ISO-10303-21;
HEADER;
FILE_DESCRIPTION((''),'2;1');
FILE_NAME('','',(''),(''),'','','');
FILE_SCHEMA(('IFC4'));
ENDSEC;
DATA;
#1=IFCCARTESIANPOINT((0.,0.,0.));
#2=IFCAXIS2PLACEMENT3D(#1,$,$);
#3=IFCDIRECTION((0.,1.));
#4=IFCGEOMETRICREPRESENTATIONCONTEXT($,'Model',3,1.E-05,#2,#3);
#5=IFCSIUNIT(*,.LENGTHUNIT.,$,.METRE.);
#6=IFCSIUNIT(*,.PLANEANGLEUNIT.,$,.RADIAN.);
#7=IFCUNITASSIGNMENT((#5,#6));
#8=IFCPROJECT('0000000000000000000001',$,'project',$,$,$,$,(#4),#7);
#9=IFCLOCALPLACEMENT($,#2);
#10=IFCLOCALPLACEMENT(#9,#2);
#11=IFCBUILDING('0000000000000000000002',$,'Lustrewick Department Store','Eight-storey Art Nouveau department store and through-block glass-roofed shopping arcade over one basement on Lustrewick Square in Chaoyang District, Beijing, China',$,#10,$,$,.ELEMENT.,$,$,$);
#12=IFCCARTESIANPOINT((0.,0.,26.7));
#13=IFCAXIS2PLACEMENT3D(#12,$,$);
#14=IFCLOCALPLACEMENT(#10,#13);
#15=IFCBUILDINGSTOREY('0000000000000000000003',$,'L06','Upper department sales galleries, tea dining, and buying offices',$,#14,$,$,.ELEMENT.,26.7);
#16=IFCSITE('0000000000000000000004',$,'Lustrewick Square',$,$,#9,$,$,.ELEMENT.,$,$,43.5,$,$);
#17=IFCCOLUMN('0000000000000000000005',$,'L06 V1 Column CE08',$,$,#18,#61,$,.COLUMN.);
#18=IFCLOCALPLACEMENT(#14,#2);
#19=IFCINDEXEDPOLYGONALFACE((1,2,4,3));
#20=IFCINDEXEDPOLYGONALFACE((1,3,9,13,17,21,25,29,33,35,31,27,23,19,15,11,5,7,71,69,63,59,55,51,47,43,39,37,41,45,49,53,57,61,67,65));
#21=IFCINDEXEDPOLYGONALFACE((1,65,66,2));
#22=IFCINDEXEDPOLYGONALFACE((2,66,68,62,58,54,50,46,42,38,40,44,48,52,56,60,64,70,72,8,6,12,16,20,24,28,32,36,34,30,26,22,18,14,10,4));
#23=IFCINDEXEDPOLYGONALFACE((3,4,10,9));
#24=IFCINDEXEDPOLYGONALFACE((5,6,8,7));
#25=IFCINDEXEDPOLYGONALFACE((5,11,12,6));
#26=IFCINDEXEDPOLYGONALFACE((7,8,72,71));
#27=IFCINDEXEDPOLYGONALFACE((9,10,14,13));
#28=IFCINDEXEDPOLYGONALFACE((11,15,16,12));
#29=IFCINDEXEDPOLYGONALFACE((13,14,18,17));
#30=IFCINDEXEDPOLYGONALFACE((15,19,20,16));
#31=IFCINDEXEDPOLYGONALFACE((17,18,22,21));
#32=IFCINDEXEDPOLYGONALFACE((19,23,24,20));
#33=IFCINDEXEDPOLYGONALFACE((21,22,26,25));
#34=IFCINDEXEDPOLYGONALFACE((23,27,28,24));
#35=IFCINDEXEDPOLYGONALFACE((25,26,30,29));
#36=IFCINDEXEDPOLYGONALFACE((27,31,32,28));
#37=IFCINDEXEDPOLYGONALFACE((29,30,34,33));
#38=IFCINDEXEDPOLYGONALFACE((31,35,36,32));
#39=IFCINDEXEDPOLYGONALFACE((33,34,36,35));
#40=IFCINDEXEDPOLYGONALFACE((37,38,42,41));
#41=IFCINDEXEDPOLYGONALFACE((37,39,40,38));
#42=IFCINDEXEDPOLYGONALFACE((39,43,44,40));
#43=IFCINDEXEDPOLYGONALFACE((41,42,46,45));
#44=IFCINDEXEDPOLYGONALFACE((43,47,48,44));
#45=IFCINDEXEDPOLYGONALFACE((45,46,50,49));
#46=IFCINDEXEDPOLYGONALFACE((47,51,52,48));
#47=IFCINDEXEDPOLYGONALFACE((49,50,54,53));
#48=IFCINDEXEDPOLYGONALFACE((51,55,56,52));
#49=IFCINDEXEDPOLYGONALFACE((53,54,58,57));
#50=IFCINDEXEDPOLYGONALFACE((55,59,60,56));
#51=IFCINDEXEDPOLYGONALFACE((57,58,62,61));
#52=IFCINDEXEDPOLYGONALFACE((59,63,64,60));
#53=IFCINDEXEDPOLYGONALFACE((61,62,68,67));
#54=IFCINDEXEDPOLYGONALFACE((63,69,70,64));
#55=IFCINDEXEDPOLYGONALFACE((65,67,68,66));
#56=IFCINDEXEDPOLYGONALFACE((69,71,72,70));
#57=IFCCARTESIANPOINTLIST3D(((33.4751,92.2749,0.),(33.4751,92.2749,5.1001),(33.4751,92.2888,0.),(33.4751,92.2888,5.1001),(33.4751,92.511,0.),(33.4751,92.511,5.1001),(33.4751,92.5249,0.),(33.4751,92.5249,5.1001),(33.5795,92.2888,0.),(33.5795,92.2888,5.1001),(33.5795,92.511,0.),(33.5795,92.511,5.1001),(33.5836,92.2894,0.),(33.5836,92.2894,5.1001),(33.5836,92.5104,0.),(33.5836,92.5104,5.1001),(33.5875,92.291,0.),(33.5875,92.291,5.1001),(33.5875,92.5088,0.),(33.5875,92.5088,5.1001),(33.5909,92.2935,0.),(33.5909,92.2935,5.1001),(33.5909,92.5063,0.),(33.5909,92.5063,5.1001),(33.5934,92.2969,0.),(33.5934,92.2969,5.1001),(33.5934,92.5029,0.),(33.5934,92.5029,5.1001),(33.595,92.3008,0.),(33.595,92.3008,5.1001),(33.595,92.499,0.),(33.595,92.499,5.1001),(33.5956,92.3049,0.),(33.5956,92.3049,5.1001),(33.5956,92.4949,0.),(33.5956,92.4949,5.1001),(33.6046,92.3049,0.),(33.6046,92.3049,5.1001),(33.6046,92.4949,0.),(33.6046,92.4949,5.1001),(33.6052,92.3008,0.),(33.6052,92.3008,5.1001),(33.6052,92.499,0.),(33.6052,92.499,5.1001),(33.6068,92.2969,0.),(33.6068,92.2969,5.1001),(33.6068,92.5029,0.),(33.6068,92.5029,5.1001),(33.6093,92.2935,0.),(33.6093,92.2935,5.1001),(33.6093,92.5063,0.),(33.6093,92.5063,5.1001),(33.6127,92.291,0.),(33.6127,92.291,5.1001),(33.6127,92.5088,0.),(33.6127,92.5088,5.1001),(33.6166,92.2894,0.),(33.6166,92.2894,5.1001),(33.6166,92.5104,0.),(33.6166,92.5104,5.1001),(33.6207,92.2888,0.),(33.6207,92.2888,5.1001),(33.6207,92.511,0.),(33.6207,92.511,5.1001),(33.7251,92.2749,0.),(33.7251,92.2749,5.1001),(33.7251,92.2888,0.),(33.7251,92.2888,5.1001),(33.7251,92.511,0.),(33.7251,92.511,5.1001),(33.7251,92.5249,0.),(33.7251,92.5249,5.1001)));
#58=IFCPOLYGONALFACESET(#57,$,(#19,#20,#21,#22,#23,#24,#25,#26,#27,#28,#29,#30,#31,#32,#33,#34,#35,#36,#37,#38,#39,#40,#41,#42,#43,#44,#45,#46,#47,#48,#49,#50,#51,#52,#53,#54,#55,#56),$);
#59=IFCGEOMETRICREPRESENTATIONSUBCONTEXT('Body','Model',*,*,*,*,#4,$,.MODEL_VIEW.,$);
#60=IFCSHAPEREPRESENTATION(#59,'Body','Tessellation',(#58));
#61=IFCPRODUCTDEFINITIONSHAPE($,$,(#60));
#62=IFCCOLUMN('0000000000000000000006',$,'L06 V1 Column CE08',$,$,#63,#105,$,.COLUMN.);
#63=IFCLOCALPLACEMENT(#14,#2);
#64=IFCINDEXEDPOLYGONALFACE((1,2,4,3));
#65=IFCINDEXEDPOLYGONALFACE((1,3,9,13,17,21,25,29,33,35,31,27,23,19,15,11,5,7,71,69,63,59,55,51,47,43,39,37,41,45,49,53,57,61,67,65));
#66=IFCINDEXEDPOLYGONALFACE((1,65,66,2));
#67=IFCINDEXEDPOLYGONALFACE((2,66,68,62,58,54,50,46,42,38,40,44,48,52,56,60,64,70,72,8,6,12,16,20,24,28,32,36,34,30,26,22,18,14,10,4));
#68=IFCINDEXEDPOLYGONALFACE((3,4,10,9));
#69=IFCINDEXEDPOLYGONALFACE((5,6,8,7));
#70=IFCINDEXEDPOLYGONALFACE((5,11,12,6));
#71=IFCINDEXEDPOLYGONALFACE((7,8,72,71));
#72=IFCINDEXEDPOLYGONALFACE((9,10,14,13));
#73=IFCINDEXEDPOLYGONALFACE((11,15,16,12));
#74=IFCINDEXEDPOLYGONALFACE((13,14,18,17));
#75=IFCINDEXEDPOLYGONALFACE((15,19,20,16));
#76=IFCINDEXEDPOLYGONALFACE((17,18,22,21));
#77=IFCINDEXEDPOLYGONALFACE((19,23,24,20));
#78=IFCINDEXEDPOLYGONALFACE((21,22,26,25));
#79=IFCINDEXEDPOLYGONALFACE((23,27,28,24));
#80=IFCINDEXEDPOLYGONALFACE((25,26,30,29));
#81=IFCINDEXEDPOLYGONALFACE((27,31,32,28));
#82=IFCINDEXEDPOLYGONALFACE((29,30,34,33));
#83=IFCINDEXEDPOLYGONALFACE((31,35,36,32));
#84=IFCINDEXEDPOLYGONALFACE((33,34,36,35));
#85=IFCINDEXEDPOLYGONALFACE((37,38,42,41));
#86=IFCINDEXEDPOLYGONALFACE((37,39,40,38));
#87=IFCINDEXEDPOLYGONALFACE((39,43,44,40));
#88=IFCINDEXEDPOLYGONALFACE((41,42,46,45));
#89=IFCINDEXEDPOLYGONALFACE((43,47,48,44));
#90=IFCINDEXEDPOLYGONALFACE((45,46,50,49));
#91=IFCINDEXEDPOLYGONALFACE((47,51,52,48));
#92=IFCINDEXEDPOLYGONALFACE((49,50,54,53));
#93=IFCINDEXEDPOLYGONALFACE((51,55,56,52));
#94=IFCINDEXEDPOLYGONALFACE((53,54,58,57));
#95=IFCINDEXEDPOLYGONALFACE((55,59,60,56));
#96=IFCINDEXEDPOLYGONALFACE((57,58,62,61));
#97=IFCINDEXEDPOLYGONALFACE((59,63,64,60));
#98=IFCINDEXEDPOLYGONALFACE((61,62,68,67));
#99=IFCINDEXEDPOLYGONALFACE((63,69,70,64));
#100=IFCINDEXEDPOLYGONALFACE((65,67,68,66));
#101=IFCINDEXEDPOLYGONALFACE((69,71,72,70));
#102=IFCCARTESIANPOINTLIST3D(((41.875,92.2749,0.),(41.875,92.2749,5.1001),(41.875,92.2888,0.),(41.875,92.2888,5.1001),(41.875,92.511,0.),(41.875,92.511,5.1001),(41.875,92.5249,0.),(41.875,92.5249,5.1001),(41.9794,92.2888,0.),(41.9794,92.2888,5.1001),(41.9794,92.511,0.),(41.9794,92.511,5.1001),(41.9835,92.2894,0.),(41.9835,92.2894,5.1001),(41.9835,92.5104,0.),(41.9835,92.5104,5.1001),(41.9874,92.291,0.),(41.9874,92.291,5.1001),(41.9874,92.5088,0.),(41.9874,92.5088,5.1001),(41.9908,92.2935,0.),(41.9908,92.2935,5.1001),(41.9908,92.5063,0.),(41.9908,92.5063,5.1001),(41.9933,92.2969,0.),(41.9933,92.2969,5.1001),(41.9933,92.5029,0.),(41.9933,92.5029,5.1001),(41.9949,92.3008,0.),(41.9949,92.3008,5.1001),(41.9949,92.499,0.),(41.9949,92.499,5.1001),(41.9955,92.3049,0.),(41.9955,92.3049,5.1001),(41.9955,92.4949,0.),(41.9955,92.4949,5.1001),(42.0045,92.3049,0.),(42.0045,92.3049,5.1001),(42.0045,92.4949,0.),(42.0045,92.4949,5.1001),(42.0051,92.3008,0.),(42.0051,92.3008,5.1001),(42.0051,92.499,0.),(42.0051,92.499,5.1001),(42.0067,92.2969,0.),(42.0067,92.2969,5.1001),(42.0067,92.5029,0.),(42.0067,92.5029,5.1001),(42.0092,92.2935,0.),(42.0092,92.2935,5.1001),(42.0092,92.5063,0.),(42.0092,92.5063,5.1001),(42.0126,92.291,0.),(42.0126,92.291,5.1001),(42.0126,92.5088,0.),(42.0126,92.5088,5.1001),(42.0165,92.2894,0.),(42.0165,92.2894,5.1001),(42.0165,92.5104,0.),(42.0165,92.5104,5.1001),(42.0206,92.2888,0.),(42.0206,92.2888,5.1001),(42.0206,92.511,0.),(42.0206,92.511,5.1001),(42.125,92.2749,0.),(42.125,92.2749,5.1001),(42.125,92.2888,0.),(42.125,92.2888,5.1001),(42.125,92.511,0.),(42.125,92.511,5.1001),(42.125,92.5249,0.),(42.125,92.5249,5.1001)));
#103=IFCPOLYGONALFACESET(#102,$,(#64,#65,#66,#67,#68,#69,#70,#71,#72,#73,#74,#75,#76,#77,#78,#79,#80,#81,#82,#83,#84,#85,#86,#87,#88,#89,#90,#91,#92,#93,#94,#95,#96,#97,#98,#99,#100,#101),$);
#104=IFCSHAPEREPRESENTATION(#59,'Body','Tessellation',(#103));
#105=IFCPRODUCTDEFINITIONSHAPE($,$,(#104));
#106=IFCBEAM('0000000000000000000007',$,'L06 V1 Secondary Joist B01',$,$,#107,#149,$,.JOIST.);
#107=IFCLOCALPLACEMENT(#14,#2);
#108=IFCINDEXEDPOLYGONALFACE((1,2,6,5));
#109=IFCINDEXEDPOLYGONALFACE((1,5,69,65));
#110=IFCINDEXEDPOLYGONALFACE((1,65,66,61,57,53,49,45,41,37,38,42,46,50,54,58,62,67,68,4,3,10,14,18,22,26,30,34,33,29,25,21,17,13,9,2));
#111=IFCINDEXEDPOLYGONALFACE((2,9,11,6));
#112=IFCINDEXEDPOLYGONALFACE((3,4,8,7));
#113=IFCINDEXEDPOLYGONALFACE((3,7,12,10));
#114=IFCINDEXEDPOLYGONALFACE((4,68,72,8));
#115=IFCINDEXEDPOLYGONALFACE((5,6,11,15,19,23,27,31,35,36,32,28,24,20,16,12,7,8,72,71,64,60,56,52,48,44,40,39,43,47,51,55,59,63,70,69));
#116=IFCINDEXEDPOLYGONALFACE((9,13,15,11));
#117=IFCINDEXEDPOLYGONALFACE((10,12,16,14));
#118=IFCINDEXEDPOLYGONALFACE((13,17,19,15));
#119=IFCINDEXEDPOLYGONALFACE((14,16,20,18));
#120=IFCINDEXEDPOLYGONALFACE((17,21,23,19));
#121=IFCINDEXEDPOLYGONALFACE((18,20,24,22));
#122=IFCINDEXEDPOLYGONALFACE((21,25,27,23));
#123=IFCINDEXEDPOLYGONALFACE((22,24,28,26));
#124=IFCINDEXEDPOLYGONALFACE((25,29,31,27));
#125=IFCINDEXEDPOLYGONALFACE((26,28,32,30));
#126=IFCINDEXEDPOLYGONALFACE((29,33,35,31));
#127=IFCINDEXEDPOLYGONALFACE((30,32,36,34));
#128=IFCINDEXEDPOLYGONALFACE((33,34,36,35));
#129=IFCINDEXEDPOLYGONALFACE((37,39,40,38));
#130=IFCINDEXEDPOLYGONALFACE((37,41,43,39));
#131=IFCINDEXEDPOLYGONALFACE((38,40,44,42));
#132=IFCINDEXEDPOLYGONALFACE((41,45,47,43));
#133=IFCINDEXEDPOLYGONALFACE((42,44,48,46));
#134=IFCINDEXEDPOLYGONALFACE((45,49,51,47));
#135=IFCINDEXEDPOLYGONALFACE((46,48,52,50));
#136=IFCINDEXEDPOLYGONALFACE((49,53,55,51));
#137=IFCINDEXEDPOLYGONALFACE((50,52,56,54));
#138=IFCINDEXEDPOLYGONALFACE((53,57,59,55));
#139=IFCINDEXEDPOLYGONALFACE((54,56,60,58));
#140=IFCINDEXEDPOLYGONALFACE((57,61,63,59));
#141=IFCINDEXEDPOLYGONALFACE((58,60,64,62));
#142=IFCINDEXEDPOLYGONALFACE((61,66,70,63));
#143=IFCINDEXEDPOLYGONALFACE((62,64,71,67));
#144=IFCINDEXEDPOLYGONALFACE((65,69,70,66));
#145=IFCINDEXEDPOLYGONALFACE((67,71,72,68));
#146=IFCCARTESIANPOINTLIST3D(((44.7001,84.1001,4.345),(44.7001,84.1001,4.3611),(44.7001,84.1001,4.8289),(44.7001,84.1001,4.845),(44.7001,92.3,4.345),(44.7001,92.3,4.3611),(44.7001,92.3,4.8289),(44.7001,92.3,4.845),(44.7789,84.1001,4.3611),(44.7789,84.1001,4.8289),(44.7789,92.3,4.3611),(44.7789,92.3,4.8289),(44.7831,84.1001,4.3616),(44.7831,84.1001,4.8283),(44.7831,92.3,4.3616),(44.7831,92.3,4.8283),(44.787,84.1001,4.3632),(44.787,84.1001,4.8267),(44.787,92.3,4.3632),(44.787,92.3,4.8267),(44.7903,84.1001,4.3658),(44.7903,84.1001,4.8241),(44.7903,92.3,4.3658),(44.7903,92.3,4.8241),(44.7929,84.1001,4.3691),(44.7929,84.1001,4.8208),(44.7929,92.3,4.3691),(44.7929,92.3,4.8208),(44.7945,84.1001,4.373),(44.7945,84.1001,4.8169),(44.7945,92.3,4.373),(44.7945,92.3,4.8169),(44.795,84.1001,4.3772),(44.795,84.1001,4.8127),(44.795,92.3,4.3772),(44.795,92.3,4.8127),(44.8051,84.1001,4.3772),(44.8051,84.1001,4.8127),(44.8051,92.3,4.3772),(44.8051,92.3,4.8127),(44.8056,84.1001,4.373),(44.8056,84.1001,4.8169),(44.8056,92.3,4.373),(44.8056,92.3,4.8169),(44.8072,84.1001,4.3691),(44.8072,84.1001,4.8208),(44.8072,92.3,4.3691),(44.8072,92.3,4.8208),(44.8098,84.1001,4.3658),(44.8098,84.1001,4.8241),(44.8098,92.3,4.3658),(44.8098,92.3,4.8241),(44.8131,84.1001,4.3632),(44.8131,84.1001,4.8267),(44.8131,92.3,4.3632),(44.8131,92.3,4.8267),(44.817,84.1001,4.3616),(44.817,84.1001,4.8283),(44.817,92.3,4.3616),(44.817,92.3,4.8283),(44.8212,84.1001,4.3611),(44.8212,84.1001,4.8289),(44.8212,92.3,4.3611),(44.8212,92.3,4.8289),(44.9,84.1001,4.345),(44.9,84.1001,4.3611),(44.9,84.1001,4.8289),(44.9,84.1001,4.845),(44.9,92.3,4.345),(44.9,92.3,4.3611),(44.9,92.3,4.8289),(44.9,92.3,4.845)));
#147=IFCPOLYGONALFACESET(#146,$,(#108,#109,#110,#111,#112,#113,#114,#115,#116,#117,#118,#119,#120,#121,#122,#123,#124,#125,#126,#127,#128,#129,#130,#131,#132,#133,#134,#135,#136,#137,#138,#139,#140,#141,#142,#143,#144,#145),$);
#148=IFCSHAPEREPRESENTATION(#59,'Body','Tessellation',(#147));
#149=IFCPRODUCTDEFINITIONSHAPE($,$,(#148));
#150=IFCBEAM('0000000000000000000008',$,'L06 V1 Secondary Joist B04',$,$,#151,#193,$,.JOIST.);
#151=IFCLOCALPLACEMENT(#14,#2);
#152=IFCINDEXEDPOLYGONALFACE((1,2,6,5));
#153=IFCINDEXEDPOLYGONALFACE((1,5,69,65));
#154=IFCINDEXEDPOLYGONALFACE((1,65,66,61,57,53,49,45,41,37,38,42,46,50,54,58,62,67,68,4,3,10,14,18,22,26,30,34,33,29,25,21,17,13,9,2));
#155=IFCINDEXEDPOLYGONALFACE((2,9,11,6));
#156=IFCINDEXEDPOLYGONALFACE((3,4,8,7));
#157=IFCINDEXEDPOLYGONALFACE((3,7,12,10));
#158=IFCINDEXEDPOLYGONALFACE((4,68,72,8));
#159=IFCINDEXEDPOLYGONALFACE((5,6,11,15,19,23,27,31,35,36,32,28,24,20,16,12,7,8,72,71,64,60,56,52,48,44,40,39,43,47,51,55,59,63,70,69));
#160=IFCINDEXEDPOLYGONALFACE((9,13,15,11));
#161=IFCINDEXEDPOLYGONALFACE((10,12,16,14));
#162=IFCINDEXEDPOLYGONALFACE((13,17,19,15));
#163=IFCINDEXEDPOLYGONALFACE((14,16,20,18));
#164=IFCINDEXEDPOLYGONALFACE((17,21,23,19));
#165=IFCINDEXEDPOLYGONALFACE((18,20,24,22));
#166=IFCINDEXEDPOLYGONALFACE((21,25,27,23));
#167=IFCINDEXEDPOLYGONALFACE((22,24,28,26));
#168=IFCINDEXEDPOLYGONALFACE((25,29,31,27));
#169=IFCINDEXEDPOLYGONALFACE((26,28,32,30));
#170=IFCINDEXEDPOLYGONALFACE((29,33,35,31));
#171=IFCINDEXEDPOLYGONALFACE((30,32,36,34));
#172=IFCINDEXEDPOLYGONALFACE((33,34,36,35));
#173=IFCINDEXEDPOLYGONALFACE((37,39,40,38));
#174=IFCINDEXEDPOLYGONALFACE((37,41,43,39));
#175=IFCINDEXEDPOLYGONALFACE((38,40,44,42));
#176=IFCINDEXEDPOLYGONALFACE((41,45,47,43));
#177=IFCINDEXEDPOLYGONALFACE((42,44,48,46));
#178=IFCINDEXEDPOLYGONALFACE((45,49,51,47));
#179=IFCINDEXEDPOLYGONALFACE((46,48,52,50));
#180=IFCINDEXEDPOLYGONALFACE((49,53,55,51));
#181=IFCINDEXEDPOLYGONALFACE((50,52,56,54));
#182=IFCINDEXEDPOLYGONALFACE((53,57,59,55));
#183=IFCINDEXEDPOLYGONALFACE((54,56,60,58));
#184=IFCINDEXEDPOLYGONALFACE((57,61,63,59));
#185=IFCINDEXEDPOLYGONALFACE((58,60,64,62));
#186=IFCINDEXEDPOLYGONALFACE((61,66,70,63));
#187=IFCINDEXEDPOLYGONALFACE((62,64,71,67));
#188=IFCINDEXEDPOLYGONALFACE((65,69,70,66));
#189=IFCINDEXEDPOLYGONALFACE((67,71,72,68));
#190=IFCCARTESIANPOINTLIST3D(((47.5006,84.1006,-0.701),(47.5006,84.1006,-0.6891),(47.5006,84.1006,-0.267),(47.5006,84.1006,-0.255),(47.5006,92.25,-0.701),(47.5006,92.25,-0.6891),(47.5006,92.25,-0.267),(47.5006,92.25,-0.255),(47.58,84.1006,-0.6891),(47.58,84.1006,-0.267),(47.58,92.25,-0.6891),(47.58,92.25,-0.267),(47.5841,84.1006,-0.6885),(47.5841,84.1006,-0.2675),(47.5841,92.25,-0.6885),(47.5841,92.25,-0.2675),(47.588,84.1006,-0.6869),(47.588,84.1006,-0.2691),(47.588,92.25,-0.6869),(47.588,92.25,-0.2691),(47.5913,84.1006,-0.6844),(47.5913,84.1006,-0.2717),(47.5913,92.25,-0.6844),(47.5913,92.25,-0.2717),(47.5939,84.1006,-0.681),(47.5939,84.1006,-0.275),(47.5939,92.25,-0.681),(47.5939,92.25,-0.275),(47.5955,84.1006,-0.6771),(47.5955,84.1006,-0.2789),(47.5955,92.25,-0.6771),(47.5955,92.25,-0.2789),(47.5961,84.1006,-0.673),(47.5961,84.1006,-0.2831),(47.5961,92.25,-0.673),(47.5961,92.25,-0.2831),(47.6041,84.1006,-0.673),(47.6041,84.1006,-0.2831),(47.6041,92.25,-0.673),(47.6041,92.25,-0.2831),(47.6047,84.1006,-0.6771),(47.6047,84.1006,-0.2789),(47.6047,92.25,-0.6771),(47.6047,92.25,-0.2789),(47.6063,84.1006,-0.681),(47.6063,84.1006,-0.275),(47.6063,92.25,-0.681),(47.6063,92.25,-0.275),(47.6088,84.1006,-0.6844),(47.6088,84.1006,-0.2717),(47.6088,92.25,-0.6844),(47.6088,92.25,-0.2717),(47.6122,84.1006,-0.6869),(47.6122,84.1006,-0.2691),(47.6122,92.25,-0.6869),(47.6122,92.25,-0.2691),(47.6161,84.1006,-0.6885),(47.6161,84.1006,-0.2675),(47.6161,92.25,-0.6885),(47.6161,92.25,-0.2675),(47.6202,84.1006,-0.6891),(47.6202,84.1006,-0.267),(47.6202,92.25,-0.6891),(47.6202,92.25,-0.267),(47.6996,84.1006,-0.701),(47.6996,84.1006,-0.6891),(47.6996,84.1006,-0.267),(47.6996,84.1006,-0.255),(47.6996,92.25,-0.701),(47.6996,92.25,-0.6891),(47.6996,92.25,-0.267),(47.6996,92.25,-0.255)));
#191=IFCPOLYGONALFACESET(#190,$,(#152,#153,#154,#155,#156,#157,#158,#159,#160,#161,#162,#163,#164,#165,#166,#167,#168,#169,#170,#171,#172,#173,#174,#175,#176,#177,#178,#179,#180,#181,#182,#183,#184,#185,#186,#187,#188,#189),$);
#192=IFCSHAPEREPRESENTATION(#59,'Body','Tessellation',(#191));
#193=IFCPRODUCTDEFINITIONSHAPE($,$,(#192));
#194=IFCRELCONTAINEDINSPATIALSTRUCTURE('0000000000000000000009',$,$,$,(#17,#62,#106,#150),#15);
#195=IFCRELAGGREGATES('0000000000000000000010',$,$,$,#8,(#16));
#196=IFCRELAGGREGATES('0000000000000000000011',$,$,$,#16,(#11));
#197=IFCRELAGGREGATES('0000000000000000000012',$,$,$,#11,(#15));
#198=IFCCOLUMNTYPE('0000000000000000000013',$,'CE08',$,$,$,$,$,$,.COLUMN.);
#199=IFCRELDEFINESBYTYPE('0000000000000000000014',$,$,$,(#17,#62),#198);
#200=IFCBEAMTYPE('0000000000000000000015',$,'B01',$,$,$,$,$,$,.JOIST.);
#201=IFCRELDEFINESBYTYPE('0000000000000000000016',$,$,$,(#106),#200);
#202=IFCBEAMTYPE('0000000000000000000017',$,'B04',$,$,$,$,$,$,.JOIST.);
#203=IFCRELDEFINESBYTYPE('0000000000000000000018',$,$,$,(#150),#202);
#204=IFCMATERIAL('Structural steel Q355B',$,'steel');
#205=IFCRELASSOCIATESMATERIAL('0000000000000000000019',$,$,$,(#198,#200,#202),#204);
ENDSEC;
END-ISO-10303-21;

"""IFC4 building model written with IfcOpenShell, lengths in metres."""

from ifc_helpers import new_model, si_unit, direction, frame, origin, origin_2d, place, context, subcontext, project, spatial, i_section, extrude, material, material_profile, profile_set, type_object, element, save


model = new_model("IFC4")

# Units and contexts
model_context = context("Model", 3, precision=1e-05, world=origin(), true_north=direction((0.0, 1.0)))
body_context = subcontext(model_context, "Body", "Model", "MODEL_VIEW")
ifc_project = project(units=[si_unit("LENGTHUNIT", "METRE"), si_unit("PLANEANGLEUNIT", "RADIAN")], contexts=[model_context])

# Site, building, storey
site_placement = place(None, origin())
site = spatial("IfcSite", under=ifc_project, at=site_placement, Name="Lustrewick Square", CompositionType="ELEMENT", RefElevation=43.5)
building_placement = place(site_placement, origin())
building = spatial("IfcBuilding", under=site, at=building_placement, Name="Lustrewick Department Store", Description="Eight-storey Art Nouveau department store and through-block glass-roofed shopping arcade over one basement on Lustrewick Square in Chaoyang District, Beijing, China", CompositionType="ELEMENT")
storey_placement = place(building_placement, frame((0.0, 0.0, 26.7)))
storey = spatial("IfcBuildingStorey", under=building, at=storey_placement, Name="L06", Description="Upper department sales galleries, tea dining, and buying offices", CompositionType="ELEMENT", Elevation=26.7)

# Columns
ifc_material_1 = material(Name="Structural steel Q355B", Category="steel")
ifc_material_profile_1 = material_profile(ifc_material_1, i_section(OverallWidth=0.25, OverallDepth=0.25, WebThickness=0.009, FlangeThickness=0.0139, FilletRadius=0.0161, at=origin_2d()), Name="HW 250x250x9x14")
ifc_profile_set_1 = profile_set([ifc_material_profile_1], Name="Structural steel Q355B")
column_type = type_object("IfcColumnType", Name="CE08", PredefinedType="COLUMN", material=ifc_profile_set_1)
for number, where, z_axis, x_axis, name in (
    (1, (33.6001, 92.3999, 0.0), (0.0, 0.0, 1.0), (1.0, 0.0, 0.0), "L06 V1 Column CE08"),
    (2, (42.0, 92.3999, 0.0), (0.0, 0.0, 1.0), (1.0, 0.0, 0.0), "L06 V1 Column CE08"),
):
    element("IfcColumn", number, at=place(storey_placement, frame(where, z_axis=z_axis, x_axis=x_axis)), inside=storey, type_object=column_type, Name=name, PredefinedType="COLUMN", context=body_context, shape_type="SweptSolid", body=[
        extrude(i_section(OverallWidth=0.25, OverallDepth=0.25, WebThickness=0.009, FlangeThickness=0.0139, FilletRadius=0.0161, at=origin_2d()), origin(), (0.0, 0.0, 1.0), 5.1001),
    ])

# Beams
ifc_material_profile_2 = material_profile(ifc_material_1, i_section(OverallWidth=0.2, OverallDepth=0.5, WebThickness=0.01, FlangeThickness=0.0161, FilletRadius=0.0161, at=origin_2d()), Name="HN 500x200x10x16")
ifc_profile_set_2 = profile_set([ifc_material_profile_2], Name="Structural steel Q355B")
beam_type_1 = type_object("IfcBeamType", Name="B01", PredefinedType="JOIST", material=ifc_profile_set_2)
beam_1_placement = place(storey_placement, frame((44.8, 84.1001, 4.595), z_axis=(0.0, 1.0, 0.0), x_axis=(-1.0, 0.0, 0.0)))
element("IfcBeam", 3, at=beam_1_placement, inside=storey, type_object=beam_type_1, Name="L06 V1 Secondary Joist B01", PredefinedType="JOIST", context=body_context, shape_type="SweptSolid", body=[
    extrude(i_section(OverallWidth=0.2, OverallDepth=0.5, WebThickness=0.01, FlangeThickness=0.0161, FilletRadius=0.0161, at=origin_2d()), origin(), (0.0, 0.0, 1.0), 8.2),
])
ifc_material_profile_3 = material_profile(ifc_material_1, i_section(OverallWidth=0.199, OverallDepth=0.446, WebThickness=0.0081, FlangeThickness=0.012, FilletRadius=0.0161, at=origin_2d()), Name="HN 446x199x8x12")
ifc_profile_set_3 = profile_set([ifc_material_profile_3], Name="Structural steel Q355B")
beam_type_2 = type_object("IfcBeamType", Name="B04", PredefinedType="JOIST", material=ifc_profile_set_3)
beam_2_placement = place(storey_placement, frame((47.6001, 84.1006, -0.478), z_axis=(0.0, 1.0, 0.0), x_axis=(-1.0, 0.0, 0.0)))
element("IfcBeam", 4, at=beam_2_placement, inside=storey, type_object=beam_type_2, Name="L06 V1 Secondary Joist B04", PredefinedType="JOIST", context=body_context, shape_type="SweptSolid", body=[
    extrude(i_section(OverallWidth=0.199, OverallDepth=0.446, WebThickness=0.0081, FlangeThickness=0.012, FilletRadius=0.0161, at=origin_2d()), origin(), (0.0, 0.0, 1.0), 8.1494),
])

save(model, "model.ifc")
